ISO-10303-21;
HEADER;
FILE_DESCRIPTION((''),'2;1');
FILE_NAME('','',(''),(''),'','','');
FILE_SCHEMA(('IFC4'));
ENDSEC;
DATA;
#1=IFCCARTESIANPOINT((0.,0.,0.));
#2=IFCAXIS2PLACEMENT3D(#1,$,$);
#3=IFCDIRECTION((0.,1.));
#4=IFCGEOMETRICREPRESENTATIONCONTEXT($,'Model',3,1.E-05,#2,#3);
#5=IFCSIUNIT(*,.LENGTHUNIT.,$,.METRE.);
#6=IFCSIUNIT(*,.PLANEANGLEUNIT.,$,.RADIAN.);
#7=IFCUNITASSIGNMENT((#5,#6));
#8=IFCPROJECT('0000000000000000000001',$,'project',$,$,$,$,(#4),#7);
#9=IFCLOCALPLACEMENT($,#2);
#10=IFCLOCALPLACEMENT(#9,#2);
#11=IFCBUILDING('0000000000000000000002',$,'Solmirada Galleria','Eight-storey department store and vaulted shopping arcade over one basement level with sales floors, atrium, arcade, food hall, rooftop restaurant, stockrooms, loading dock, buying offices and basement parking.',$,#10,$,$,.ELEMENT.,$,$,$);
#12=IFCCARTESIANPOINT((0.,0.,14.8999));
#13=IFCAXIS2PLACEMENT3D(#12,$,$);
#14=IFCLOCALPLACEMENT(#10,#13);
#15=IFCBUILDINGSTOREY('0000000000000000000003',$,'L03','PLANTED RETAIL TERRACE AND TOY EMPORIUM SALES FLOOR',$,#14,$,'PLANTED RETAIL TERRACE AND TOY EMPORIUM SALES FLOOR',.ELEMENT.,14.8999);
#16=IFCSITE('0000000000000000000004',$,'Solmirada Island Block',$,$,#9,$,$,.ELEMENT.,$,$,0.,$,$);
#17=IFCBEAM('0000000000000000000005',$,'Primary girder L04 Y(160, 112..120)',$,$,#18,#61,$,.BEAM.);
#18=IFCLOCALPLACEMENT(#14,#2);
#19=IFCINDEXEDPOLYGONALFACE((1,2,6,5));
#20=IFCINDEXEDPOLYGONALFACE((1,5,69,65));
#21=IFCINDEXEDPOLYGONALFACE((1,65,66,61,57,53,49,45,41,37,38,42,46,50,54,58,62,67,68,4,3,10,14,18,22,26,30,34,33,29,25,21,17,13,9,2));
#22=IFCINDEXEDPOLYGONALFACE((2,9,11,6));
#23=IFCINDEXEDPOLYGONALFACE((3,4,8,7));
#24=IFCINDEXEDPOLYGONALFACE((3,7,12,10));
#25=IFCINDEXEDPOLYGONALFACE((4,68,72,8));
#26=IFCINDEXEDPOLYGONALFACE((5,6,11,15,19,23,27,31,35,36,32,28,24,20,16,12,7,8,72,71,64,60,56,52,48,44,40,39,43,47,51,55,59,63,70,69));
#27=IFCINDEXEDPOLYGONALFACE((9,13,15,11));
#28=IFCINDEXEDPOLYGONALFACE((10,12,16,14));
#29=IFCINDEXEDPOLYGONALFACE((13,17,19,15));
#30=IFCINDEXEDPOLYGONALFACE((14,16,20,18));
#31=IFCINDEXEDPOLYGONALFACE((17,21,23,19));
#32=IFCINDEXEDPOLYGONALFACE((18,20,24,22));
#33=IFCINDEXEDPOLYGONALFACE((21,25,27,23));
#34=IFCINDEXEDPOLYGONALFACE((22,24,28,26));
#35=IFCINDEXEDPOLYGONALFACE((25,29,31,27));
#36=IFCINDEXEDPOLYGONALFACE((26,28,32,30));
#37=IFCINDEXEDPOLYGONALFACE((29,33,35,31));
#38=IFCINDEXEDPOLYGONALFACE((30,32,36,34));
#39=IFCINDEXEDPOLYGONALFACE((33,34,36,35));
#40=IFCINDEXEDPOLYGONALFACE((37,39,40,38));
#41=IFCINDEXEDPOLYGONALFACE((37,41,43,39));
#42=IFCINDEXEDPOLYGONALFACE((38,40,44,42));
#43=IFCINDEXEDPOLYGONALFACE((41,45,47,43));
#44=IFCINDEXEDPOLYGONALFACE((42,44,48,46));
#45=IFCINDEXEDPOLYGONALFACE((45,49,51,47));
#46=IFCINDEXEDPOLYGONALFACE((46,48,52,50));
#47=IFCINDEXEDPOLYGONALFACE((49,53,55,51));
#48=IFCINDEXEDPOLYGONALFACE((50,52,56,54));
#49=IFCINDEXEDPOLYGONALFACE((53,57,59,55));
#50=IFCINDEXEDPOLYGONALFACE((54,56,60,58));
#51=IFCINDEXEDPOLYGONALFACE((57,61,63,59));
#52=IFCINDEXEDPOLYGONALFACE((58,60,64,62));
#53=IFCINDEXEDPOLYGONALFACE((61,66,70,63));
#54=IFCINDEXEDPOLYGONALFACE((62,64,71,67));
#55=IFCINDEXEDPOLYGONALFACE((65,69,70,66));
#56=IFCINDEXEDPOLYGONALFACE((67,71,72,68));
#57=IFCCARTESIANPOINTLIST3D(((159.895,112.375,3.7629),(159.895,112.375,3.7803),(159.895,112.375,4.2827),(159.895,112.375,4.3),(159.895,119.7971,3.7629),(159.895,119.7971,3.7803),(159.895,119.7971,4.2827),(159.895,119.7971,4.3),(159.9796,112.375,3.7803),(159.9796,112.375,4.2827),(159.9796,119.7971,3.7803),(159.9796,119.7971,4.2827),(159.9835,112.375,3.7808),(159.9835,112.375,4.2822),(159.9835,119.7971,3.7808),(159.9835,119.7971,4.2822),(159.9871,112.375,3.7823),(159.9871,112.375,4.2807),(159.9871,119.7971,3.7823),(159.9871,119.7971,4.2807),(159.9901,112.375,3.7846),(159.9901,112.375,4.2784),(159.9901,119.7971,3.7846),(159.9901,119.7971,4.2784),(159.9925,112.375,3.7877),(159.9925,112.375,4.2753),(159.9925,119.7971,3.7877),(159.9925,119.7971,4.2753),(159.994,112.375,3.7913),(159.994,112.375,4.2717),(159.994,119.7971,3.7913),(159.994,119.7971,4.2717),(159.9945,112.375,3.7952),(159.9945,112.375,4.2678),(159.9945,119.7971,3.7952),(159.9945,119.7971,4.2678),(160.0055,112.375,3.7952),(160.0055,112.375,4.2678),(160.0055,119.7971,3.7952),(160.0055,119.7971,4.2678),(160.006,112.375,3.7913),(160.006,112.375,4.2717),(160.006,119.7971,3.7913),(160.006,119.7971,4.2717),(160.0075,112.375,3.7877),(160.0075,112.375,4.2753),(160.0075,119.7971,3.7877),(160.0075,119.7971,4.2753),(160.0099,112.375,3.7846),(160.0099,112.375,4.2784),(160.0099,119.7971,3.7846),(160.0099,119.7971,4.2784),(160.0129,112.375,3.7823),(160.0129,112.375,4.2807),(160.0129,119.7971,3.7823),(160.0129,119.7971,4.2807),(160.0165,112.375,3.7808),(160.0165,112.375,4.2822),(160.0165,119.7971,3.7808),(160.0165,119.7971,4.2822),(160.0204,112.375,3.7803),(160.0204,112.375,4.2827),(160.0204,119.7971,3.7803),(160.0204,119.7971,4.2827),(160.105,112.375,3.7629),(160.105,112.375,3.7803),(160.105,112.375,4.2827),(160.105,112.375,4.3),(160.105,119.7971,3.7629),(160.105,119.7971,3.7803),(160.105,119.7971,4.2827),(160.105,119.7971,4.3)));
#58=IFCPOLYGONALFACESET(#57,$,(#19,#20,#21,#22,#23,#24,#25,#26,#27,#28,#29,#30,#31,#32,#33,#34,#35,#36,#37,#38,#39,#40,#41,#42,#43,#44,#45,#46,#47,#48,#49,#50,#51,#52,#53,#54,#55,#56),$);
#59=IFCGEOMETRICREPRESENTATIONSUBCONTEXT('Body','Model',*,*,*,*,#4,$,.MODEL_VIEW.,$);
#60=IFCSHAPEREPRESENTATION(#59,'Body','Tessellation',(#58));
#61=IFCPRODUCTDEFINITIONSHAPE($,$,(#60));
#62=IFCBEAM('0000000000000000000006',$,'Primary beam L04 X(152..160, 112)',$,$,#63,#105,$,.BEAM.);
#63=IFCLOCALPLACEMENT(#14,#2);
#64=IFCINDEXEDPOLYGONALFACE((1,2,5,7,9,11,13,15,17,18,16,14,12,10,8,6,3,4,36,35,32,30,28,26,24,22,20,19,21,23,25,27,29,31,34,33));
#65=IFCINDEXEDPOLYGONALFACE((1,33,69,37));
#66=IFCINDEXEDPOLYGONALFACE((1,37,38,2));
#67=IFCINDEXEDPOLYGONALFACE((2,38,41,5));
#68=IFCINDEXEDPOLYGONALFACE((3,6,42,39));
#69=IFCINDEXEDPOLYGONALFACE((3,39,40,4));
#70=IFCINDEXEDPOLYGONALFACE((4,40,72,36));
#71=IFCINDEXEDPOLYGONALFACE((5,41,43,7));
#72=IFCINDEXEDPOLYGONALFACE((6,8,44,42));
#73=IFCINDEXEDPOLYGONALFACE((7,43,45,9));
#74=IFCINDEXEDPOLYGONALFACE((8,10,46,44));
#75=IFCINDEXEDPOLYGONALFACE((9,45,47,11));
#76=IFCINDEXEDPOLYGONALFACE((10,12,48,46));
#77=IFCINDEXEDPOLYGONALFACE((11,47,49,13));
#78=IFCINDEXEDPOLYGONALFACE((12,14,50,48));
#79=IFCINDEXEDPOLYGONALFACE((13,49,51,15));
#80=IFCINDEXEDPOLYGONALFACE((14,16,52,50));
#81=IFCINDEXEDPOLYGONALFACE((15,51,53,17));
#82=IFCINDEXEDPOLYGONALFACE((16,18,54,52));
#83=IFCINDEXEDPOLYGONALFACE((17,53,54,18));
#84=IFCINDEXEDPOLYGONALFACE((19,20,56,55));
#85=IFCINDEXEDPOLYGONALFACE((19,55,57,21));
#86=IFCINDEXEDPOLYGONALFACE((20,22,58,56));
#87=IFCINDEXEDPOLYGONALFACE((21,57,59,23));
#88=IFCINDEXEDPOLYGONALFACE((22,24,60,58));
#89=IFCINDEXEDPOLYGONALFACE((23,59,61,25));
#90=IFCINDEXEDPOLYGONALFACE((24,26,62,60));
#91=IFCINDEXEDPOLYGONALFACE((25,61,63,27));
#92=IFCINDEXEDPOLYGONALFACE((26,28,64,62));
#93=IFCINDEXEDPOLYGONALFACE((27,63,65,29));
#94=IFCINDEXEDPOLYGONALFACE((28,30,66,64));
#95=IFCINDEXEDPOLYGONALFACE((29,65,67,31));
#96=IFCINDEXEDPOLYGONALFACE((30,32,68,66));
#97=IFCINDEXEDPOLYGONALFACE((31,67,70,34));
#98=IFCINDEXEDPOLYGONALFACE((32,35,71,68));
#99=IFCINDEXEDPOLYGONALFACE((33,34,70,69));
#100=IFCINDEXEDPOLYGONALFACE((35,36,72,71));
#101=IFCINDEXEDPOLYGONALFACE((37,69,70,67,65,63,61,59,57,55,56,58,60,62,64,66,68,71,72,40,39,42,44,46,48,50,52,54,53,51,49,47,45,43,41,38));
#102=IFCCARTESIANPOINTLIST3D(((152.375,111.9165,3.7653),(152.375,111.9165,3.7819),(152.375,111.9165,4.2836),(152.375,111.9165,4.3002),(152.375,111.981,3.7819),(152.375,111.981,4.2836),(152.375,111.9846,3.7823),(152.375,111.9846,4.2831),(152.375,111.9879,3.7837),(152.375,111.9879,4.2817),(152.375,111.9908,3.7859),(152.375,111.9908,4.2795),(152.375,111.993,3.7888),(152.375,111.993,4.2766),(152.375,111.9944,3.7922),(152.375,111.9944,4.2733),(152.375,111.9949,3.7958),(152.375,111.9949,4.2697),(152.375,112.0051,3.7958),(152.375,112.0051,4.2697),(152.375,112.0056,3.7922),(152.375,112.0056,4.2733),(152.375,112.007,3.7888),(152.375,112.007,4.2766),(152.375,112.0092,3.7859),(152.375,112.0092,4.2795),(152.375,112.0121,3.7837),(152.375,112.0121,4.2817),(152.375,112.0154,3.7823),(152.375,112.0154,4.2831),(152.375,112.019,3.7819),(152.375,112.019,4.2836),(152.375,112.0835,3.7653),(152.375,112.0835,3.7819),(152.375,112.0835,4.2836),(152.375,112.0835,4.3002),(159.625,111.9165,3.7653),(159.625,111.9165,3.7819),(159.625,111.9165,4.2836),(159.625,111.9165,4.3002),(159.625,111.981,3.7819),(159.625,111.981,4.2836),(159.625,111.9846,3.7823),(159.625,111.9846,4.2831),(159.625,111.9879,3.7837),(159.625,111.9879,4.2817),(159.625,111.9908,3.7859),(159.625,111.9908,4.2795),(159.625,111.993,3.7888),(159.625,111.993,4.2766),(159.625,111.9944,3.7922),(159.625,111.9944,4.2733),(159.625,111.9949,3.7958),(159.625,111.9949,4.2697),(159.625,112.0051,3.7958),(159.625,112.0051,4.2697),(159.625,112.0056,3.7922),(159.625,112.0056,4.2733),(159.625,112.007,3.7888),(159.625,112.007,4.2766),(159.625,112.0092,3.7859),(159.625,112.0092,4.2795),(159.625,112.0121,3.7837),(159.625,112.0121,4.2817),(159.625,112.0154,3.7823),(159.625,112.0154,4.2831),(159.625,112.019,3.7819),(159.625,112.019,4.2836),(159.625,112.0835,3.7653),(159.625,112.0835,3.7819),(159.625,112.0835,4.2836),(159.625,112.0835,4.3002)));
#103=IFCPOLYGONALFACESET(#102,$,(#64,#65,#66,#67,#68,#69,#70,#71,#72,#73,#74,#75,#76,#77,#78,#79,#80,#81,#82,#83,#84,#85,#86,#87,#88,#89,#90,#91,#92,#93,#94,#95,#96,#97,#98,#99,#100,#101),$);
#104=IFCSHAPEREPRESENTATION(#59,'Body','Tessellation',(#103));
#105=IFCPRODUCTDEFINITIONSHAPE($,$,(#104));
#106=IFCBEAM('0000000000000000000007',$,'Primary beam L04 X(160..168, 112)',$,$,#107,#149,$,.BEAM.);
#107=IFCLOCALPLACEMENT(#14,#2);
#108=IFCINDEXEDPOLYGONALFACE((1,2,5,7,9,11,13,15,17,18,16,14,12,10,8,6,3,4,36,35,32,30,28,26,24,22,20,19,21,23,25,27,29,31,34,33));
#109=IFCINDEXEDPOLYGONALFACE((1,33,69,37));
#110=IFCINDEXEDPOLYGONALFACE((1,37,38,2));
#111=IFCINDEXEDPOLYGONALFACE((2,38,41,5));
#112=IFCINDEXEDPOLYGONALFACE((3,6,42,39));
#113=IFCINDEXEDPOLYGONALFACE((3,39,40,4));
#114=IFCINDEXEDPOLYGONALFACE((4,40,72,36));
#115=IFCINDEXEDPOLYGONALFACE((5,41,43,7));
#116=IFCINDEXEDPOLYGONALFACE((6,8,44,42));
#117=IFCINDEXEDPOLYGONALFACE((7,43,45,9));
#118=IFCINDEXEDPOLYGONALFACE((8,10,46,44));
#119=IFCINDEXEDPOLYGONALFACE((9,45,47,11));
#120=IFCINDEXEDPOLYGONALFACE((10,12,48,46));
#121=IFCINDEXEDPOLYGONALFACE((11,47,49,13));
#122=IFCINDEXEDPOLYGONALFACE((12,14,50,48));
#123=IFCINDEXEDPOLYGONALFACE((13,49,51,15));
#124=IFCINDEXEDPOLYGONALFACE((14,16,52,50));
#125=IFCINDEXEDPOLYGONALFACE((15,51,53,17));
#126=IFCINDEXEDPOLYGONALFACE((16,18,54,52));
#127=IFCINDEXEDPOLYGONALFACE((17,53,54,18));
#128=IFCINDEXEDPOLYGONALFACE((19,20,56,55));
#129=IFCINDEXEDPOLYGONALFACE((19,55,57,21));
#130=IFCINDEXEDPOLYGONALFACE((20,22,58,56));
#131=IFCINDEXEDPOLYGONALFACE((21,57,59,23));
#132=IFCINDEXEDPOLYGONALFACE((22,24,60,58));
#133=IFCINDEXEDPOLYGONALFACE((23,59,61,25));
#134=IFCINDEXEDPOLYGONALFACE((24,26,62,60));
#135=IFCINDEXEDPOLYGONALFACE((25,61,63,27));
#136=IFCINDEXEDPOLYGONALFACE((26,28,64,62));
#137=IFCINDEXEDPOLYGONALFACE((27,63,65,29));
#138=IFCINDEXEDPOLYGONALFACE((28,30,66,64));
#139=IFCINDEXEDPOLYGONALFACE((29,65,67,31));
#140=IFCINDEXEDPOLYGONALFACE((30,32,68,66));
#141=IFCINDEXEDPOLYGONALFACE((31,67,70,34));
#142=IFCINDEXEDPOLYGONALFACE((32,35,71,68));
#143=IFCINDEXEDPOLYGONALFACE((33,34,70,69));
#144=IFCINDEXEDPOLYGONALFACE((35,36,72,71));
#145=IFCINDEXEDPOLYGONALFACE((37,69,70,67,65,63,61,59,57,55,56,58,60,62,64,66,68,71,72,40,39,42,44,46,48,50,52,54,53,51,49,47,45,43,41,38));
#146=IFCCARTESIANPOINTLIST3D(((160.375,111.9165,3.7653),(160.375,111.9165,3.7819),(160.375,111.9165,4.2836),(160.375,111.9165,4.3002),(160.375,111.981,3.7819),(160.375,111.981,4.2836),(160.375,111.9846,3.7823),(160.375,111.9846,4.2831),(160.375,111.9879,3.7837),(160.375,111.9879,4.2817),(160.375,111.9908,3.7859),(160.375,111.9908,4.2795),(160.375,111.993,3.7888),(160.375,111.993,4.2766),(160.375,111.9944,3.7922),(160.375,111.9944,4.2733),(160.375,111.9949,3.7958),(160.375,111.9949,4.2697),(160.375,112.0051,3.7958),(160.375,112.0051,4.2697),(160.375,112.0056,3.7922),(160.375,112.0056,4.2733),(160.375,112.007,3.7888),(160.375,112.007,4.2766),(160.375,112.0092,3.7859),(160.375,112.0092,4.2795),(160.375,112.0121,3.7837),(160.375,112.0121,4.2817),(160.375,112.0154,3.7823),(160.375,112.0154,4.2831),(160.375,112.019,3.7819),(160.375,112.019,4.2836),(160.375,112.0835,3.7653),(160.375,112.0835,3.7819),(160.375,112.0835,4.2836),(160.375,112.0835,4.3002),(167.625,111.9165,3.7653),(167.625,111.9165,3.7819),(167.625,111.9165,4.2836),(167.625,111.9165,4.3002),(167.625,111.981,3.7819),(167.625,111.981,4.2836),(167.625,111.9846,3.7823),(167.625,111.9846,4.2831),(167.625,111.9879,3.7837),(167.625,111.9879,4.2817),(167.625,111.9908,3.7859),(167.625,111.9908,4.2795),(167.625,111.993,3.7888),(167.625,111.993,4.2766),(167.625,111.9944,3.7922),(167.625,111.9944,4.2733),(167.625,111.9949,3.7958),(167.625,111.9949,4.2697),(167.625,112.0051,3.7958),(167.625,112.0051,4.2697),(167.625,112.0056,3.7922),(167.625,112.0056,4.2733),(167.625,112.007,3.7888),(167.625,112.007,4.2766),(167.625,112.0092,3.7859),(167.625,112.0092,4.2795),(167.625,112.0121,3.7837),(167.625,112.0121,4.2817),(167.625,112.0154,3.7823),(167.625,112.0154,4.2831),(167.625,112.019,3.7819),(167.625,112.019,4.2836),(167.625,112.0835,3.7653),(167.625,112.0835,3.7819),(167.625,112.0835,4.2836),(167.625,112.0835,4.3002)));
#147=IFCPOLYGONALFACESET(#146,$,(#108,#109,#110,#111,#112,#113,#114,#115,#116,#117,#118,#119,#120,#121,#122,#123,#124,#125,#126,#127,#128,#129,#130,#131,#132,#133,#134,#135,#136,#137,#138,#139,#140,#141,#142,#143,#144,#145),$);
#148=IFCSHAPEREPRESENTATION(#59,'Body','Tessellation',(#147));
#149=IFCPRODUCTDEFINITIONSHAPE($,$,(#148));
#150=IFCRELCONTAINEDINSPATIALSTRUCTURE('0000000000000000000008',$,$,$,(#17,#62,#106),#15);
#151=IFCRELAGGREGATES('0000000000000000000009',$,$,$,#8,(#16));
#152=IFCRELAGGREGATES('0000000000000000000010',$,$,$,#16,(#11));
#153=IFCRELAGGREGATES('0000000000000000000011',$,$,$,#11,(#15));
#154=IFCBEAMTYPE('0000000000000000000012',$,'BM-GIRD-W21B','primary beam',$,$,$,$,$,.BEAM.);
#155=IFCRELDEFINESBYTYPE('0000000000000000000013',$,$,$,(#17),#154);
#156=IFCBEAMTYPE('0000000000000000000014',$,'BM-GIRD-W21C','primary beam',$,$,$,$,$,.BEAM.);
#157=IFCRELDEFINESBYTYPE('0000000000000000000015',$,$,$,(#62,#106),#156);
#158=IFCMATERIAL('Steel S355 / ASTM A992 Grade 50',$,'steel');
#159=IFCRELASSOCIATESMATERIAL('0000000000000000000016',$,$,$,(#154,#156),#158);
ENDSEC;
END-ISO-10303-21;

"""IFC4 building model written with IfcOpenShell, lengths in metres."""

from ifc_helpers import new_model, si_unit, direction, frame, origin, origin_2d, place, context, subcontext, project, spatial, i_section, extrude, material, material_profile, profile_set, type_object, element, save


model = new_model("IFC4")

# Units and contexts
model_context = context("Model", 3, precision=1e-05, world=origin(), true_north=direction((0.0, 1.0)))
body_context = subcontext(model_context, "Body", "Model", "MODEL_VIEW")
ifc_project = project(units=[si_unit("LENGTHUNIT", "METRE"), si_unit("PLANEANGLEUNIT", "RADIAN")], contexts=[model_context])

# Site, building, storey
site_placement = place(None, origin())
site = spatial("IfcSite", under=ifc_project, at=site_placement, Name="Solmirada Island Block", CompositionType="ELEMENT", RefElevation=0.0)
building_placement = place(site_placement, origin())
building = spatial("IfcBuilding", under=site, at=building_placement, Name="Solmirada Galleria", Description="Eight-storey department store and vaulted shopping arcade over one basement level with sales floors, atrium, arcade, food hall, rooftop restaurant, stockrooms, loading dock, buying offices and basement parking.", CompositionType="ELEMENT")
storey_placement = place(building_placement, frame((0.0, 0.0, 14.8999)))
storey = spatial("IfcBuildingStorey", under=building, at=storey_placement, Name="L03", Description="PLANTED RETAIL TERRACE AND TOY EMPORIUM SALES FLOOR", LongName="PLANTED RETAIL TERRACE AND TOY EMPORIUM SALES FLOOR", CompositionType="ELEMENT", Elevation=14.8999)

# Beams
ifc_material_1 = material(Name="Steel S355 / ASTM A992 Grade 50", Category="steel")
ifc_material_profile_1 = material_profile(ifc_material_1, i_section(OverallWidth=0.21, OverallDepth=0.5371, WebThickness=0.011, FlangeThickness=0.0173, FilletRadius=0.0149, at=origin_2d()), Name="W21X68")
ifc_profile_set_1 = profile_set([ifc_material_profile_1], Name="Steel S355 / ASTM A992 Grade 50")
beam_type_1 = type_object("IfcBeamType", Name="BM-GIRD-W21B", Description="primary beam", PredefinedType="BEAM", material=ifc_profile_set_1)
beam_1_placement = place(storey_placement, frame((160.0, 112.375, 4.0315), z_axis=(0.0, 1.0, 0.0), x_axis=(-1.0, 0.0, 0.0)))
element("IfcBeam", 1, at=beam_1_placement, inside=storey, type_object=beam_type_1, Name="Primary girder L04 Y(160, 112..120)", PredefinedType="BEAM", context=body_context, shape_type="SweptSolid", body=[
    extrude(i_section(OverallWidth=0.21, OverallDepth=0.5371, WebThickness=0.011, FlangeThickness=0.0173, FilletRadius=0.0149, at=origin_2d()), origin(), (0.0, 0.0, 1.0), 7.4221),
])
ifc_material_profile_2 = material_profile(ifc_material_1, i_section(OverallWidth=0.167, OverallDepth=0.5349, WebThickness=0.0103, FlangeThickness=0.0166, FilletRadius=0.0139, at=origin_2d()), Name="W21X57")
ifc_profile_set_2 = profile_set([ifc_material_profile_2], Name="Steel S355 / ASTM A992 Grade 50")
beam_type_2 = type_object("IfcBeamType", Name="BM-GIRD-W21C", Description="primary beam", PredefinedType="BEAM", material=ifc_profile_set_2)
for number, where, z_axis, x_axis, name in (
    (2, (152.375, 112.0, 4.0327), (1.0, 0.0, 0.0), (0.0, 1.0, 0.0), "Primary beam L04 X(152..160, 112)"),
    (3, (160.375, 112.0, 4.0327), (1.0, 0.0, 0.0), (0.0, 1.0, 0.0), "Primary beam L04 X(160..168, 112)"),
):
    element("IfcBeam", number, at=place(storey_placement, frame(where, z_axis=z_axis, x_axis=x_axis)), inside=storey, type_object=beam_type_2, Name=name, PredefinedType="BEAM", context=body_context, shape_type="SweptSolid", body=[
        extrude(i_section(OverallWidth=0.167, OverallDepth=0.5349, WebThickness=0.0103, FlangeThickness=0.0166, FilletRadius=0.0139, at=origin_2d()), origin(), (0.0, 0.0, 1.0), 7.25),
    ])

save(model, "model.ifc")
